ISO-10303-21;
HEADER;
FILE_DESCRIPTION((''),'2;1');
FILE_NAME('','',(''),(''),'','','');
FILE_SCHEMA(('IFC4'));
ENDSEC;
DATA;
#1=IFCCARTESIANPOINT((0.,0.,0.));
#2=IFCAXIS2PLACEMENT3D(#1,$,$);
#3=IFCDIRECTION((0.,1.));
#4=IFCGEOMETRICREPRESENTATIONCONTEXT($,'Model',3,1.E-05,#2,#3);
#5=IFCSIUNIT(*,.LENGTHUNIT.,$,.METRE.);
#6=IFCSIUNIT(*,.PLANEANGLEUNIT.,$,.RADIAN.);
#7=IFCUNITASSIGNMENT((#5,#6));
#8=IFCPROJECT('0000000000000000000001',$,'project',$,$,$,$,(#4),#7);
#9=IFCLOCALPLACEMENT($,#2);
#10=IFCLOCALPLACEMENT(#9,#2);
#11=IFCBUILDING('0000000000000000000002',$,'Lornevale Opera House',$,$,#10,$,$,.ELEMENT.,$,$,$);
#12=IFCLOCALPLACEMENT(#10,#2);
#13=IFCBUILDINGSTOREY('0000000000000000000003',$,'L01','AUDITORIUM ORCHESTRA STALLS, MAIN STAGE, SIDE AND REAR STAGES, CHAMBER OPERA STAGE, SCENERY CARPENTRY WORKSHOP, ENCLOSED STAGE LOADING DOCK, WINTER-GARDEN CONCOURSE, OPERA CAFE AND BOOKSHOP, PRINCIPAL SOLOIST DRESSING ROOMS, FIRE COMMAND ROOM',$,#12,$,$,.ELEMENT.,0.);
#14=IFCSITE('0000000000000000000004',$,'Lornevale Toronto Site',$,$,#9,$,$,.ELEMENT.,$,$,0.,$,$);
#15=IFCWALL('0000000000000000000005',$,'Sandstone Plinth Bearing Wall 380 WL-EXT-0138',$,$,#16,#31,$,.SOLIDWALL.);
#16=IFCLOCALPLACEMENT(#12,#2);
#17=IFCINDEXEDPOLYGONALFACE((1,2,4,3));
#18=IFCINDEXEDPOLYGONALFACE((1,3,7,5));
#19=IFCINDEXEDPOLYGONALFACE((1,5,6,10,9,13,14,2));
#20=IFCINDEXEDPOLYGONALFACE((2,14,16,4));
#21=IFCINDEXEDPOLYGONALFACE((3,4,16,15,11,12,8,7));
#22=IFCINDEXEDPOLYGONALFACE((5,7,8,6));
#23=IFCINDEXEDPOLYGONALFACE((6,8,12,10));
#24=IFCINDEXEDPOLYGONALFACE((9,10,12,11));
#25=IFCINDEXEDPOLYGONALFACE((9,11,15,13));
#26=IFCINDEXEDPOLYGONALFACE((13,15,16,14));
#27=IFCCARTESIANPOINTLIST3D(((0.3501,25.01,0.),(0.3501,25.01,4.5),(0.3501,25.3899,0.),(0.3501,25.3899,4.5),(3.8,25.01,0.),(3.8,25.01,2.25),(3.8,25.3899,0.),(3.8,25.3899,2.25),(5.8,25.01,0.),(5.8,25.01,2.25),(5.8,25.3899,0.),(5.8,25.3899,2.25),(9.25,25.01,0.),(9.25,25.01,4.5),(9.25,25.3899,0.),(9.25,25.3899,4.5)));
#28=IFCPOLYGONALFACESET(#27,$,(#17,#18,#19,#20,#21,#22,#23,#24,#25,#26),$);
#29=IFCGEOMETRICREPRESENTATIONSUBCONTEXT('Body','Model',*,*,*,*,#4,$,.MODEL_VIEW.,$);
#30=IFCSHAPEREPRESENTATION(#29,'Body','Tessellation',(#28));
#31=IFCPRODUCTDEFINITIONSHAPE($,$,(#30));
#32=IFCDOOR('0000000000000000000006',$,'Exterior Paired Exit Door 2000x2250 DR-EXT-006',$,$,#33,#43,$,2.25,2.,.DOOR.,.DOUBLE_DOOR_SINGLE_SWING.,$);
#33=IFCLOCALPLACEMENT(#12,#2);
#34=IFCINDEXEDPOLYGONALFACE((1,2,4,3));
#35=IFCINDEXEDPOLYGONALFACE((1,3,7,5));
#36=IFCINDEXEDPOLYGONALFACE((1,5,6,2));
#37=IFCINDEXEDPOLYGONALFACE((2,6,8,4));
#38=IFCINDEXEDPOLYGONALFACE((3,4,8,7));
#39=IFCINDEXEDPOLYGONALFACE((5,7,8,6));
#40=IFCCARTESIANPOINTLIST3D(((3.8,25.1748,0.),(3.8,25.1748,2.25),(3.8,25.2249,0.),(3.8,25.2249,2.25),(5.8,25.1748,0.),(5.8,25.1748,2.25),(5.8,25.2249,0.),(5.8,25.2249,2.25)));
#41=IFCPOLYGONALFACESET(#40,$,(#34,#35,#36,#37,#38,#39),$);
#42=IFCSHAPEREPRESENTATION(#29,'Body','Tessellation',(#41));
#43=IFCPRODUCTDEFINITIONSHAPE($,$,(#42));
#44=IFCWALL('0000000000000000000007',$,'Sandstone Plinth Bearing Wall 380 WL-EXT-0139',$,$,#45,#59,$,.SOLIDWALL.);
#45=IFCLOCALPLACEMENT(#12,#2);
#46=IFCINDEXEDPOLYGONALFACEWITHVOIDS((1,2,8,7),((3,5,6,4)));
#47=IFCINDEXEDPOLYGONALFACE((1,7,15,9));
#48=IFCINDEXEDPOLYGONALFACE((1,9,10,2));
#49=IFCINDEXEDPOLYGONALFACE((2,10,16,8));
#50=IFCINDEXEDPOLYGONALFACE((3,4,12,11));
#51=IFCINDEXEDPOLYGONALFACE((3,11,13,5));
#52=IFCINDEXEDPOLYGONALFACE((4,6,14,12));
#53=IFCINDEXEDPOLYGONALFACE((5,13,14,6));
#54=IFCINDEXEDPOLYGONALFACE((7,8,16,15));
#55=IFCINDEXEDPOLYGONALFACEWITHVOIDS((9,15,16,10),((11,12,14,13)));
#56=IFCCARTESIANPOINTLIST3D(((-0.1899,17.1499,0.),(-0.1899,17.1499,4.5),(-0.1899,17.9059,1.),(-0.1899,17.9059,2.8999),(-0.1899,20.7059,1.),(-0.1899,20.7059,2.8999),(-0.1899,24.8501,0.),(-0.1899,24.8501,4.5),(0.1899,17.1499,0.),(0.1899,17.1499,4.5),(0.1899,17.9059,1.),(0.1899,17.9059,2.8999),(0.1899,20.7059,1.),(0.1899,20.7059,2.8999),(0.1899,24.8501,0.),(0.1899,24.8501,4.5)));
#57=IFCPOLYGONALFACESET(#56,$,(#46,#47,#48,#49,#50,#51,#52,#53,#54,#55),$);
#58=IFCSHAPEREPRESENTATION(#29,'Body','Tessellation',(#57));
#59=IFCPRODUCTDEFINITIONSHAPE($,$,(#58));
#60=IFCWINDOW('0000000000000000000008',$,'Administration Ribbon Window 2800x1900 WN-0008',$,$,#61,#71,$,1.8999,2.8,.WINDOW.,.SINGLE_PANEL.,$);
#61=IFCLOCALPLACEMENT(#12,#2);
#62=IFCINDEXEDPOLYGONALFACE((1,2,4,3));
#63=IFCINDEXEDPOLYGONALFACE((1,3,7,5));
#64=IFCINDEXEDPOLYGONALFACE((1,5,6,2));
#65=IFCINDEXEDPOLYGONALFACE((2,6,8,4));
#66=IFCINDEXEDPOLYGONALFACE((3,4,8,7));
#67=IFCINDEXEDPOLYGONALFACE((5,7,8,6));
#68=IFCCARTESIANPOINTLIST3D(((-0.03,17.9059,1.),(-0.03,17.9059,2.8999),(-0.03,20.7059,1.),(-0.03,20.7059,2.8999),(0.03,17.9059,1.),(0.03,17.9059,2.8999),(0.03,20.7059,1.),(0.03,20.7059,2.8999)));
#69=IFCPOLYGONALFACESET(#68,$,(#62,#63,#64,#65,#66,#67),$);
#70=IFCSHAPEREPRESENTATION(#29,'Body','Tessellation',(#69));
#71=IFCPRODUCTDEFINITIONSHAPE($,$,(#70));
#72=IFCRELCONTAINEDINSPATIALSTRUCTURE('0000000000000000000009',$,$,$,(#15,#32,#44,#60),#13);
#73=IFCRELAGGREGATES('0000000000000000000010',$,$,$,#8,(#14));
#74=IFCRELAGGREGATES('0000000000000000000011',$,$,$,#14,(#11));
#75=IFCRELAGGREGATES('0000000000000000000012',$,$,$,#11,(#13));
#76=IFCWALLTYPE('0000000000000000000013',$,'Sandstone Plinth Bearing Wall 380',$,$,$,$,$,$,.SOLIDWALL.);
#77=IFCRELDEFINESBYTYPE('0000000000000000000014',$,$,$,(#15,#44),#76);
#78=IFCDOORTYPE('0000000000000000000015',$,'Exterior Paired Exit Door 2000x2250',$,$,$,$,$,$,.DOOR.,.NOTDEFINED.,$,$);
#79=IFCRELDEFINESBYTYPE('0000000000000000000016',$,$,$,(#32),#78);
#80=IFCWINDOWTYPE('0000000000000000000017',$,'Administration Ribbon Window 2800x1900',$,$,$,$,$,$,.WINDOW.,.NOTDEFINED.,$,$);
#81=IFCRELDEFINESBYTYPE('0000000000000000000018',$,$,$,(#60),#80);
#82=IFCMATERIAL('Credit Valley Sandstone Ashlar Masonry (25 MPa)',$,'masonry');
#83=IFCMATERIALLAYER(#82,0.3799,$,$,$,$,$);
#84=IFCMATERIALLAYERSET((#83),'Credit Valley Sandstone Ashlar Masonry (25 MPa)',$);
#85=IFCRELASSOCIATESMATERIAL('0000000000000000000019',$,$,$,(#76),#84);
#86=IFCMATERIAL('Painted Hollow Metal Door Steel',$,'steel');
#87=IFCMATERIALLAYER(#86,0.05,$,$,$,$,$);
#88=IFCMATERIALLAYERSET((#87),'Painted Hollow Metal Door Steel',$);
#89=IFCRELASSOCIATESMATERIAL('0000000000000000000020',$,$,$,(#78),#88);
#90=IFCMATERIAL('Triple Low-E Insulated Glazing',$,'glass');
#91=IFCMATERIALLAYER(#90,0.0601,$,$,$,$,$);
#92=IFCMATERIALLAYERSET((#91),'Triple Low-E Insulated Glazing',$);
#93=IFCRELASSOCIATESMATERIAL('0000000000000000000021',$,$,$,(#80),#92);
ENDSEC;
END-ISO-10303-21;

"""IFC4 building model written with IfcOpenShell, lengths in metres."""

from ifc_helpers import new_model, si_unit, direction, frame, frame_2d, origin, place, context, subcontext, project, spatial, rectangle, extrude, material, layer, layer_set, type_object, element, fill, save


model = new_model("IFC4")

# Units and contexts
model_context = context("Model", 3, precision=1e-05, world=origin(), true_north=direction((0.0, 1.0)))
body_context = subcontext(model_context, "Body", "Model", "MODEL_VIEW")
ifc_project = project(units=[si_unit("LENGTHUNIT", "METRE"), si_unit("PLANEANGLEUNIT", "RADIAN")], contexts=[model_context])

# Site, building, storey
site_placement = place(None, origin())
site = spatial("IfcSite", under=ifc_project, at=site_placement, Name="Lornevale Toronto Site", CompositionType="ELEMENT", RefElevation=0.0)
building_placement = place(site_placement, origin())
building = spatial("IfcBuilding", under=site, at=building_placement, Name="Lornevale Opera House", CompositionType="ELEMENT")
storey_placement = place(building_placement, origin())
storey = spatial("IfcBuildingStorey", under=building, at=storey_placement, Name="L01", Description="AUDITORIUM ORCHESTRA STALLS, MAIN STAGE, SIDE AND REAR STAGES, CHAMBER OPERA STAGE, SCENERY CARPENTRY WORKSHOP, ENCLOSED STAGE LOADING DOCK, WINTER-GARDEN CONCOURSE, OPERA CAFE AND BOOKSHOP, PRINCIPAL SOLOIST DRESSING ROOMS, FIRE COMMAND ROOM", CompositionType="ELEMENT", Elevation=0.0)

# Wall, opening, door
ifc_material_1 = material(Name="Credit Valley Sandstone Ashlar Masonry (25 MPa)", Category="masonry")
ifc_layer_1 = layer(ifc_material_1, 0.3799)
ifc_layer_set_1 = layer_set([ifc_layer_1], Name="Credit Valley Sandstone Ashlar Masonry (25 MPa)")
wall_type = type_object("IfcWallType", Name="Sandstone Plinth Bearing Wall 380", PredefinedType="SOLIDWALL", material=ifc_layer_set_1)
wall_1_placement = place(storey_placement, frame((0.3501, 25.2, 0.0), z_axis=(0.0, 0.0, 1.0), x_axis=(1.0, 0.0, 0.0)))
wall_1 = element("IfcWall", 1, at=wall_1_placement, inside=storey, type_object=wall_type, Name="Sandstone Plinth Bearing Wall 380 WL-EXT-0138", PredefinedType="SOLIDWALL", context=body_context, shape_type="SweptSolid", body=[
    extrude(rectangle(XDim=8.8999, YDim=0.3799, at=frame_2d((4.45, 0.0))), origin(), (0.0, 0.0, 1.0), 4.5),
])
opening_1_placement = place(wall_1_placement, frame((3.45, 0.0, 0.0)))
opening_1 = element("IfcOpeningElement", 2, at=opening_1_placement, cuts=wall_1, PredefinedType="OPENING", context=body_context, shape_type="SweptSolid", body=[
    extrude(rectangle(XDim=2.0, YDim=2.25, at=frame_2d((1.0, 1.125))), frame((0.0, 0.2, 0.0), z_axis=(0.0, -1.0, 0.0), x_axis=(1.0, 0.0, 0.0)), (0.0, 0.0, 1.0), 0.3999),
])
ifc_material_2 = material(Name="Painted Hollow Metal Door Steel", Category="steel")
ifc_layer_2 = layer(ifc_material_2, 0.05)
ifc_layer_set_2 = layer_set([ifc_layer_2], Name="Painted Hollow Metal Door Steel")
door_type = type_object("IfcDoorType", Name="Exterior Paired Exit Door 2000x2250", OperationType="NOTDEFINED", PredefinedType="DOOR", material=ifc_layer_set_2)
door_placement = place(opening_1_placement, origin())
door = element("IfcDoor", 3, at=door_placement, inside=storey, type_object=door_type, Name="Exterior Paired Exit Door 2000x2250 DR-EXT-006", OperationType="DOUBLE_DOOR_SINGLE_SWING", OverallHeight=2.25, OverallWidth=2.0, PredefinedType="DOOR", context=body_context, shape_type="SweptSolid", body=[
    extrude(rectangle(XDim=2.0, YDim=2.25, at=frame_2d((1.0, 1.125))), frame((0.0, 0.0249, 0.0), z_axis=(0.0, -1.0, 0.0), x_axis=(1.0, 0.0, 0.0)), (0.0, 0.0, 1.0), 0.05),
])
fill(opening_1, door)

# Wall, opening, window
wall_2_placement = place(storey_placement, frame((0.0, 17.1499, 0.0), z_axis=(0.0, 0.0, 1.0), x_axis=(0.0, 1.0, 0.0)))
wall_2 = element("IfcWall", 4, at=wall_2_placement, inside=storey, type_object=wall_type, Name="Sandstone Plinth Bearing Wall 380 WL-EXT-0139", PredefinedType="SOLIDWALL", context=body_context, shape_type="SweptSolid", body=[
    extrude(rectangle(XDim=7.7002, YDim=0.3799, at=frame_2d((3.8501, 0.0))), origin(), (0.0, 0.0, 1.0), 4.5),
])
opening_2_placement = place(wall_2_placement, frame((0.7561, 0.0, 1.0)))
opening_2 = element("IfcOpeningElement", 5, at=opening_2_placement, cuts=wall_2, PredefinedType="OPENING", context=body_context, shape_type="SweptSolid", body=[
    extrude(rectangle(XDim=2.8, YDim=1.8999, at=frame_2d((1.3999, 0.95))), frame((0.0, 0.2, 0.0), z_axis=(0.0, -1.0, 0.0), x_axis=(1.0, 0.0, 0.0)), (0.0, 0.0, 1.0), 0.3999),
])
ifc_material_3 = material(Name="Triple Low-E Insulated Glazing", Category="glass")
ifc_layer_3 = layer(ifc_material_3, 0.0601)
ifc_layer_set_3 = layer_set([ifc_layer_3], Name="Triple Low-E Insulated Glazing")
window_type = type_object("IfcWindowType", Name="Administration Ribbon Window 2800x1900", PartitioningType="NOTDEFINED", PredefinedType="WINDOW", material=ifc_layer_set_3)
window_placement = place(opening_2_placement, origin())
window = element("IfcWindow", 6, at=window_placement, inside=storey, type_object=window_type, Name="Administration Ribbon Window 2800x1900 WN-0008", OverallHeight=1.8999, OverallWidth=2.8, PartitioningType="SINGLE_PANEL", PredefinedType="WINDOW", context=body_context, shape_type="SweptSolid", body=[
    extrude(rectangle(XDim=2.8, YDim=1.8999, at=frame_2d((1.3999, 0.95))), frame((0.0, 0.03, 0.0), z_axis=(0.0, -1.0, 0.0), x_axis=(1.0, 0.0, 0.0)), (0.0, 0.0, 1.0), 0.0601),
])
fill(opening_2, window)

save(model, "model.ifc")
